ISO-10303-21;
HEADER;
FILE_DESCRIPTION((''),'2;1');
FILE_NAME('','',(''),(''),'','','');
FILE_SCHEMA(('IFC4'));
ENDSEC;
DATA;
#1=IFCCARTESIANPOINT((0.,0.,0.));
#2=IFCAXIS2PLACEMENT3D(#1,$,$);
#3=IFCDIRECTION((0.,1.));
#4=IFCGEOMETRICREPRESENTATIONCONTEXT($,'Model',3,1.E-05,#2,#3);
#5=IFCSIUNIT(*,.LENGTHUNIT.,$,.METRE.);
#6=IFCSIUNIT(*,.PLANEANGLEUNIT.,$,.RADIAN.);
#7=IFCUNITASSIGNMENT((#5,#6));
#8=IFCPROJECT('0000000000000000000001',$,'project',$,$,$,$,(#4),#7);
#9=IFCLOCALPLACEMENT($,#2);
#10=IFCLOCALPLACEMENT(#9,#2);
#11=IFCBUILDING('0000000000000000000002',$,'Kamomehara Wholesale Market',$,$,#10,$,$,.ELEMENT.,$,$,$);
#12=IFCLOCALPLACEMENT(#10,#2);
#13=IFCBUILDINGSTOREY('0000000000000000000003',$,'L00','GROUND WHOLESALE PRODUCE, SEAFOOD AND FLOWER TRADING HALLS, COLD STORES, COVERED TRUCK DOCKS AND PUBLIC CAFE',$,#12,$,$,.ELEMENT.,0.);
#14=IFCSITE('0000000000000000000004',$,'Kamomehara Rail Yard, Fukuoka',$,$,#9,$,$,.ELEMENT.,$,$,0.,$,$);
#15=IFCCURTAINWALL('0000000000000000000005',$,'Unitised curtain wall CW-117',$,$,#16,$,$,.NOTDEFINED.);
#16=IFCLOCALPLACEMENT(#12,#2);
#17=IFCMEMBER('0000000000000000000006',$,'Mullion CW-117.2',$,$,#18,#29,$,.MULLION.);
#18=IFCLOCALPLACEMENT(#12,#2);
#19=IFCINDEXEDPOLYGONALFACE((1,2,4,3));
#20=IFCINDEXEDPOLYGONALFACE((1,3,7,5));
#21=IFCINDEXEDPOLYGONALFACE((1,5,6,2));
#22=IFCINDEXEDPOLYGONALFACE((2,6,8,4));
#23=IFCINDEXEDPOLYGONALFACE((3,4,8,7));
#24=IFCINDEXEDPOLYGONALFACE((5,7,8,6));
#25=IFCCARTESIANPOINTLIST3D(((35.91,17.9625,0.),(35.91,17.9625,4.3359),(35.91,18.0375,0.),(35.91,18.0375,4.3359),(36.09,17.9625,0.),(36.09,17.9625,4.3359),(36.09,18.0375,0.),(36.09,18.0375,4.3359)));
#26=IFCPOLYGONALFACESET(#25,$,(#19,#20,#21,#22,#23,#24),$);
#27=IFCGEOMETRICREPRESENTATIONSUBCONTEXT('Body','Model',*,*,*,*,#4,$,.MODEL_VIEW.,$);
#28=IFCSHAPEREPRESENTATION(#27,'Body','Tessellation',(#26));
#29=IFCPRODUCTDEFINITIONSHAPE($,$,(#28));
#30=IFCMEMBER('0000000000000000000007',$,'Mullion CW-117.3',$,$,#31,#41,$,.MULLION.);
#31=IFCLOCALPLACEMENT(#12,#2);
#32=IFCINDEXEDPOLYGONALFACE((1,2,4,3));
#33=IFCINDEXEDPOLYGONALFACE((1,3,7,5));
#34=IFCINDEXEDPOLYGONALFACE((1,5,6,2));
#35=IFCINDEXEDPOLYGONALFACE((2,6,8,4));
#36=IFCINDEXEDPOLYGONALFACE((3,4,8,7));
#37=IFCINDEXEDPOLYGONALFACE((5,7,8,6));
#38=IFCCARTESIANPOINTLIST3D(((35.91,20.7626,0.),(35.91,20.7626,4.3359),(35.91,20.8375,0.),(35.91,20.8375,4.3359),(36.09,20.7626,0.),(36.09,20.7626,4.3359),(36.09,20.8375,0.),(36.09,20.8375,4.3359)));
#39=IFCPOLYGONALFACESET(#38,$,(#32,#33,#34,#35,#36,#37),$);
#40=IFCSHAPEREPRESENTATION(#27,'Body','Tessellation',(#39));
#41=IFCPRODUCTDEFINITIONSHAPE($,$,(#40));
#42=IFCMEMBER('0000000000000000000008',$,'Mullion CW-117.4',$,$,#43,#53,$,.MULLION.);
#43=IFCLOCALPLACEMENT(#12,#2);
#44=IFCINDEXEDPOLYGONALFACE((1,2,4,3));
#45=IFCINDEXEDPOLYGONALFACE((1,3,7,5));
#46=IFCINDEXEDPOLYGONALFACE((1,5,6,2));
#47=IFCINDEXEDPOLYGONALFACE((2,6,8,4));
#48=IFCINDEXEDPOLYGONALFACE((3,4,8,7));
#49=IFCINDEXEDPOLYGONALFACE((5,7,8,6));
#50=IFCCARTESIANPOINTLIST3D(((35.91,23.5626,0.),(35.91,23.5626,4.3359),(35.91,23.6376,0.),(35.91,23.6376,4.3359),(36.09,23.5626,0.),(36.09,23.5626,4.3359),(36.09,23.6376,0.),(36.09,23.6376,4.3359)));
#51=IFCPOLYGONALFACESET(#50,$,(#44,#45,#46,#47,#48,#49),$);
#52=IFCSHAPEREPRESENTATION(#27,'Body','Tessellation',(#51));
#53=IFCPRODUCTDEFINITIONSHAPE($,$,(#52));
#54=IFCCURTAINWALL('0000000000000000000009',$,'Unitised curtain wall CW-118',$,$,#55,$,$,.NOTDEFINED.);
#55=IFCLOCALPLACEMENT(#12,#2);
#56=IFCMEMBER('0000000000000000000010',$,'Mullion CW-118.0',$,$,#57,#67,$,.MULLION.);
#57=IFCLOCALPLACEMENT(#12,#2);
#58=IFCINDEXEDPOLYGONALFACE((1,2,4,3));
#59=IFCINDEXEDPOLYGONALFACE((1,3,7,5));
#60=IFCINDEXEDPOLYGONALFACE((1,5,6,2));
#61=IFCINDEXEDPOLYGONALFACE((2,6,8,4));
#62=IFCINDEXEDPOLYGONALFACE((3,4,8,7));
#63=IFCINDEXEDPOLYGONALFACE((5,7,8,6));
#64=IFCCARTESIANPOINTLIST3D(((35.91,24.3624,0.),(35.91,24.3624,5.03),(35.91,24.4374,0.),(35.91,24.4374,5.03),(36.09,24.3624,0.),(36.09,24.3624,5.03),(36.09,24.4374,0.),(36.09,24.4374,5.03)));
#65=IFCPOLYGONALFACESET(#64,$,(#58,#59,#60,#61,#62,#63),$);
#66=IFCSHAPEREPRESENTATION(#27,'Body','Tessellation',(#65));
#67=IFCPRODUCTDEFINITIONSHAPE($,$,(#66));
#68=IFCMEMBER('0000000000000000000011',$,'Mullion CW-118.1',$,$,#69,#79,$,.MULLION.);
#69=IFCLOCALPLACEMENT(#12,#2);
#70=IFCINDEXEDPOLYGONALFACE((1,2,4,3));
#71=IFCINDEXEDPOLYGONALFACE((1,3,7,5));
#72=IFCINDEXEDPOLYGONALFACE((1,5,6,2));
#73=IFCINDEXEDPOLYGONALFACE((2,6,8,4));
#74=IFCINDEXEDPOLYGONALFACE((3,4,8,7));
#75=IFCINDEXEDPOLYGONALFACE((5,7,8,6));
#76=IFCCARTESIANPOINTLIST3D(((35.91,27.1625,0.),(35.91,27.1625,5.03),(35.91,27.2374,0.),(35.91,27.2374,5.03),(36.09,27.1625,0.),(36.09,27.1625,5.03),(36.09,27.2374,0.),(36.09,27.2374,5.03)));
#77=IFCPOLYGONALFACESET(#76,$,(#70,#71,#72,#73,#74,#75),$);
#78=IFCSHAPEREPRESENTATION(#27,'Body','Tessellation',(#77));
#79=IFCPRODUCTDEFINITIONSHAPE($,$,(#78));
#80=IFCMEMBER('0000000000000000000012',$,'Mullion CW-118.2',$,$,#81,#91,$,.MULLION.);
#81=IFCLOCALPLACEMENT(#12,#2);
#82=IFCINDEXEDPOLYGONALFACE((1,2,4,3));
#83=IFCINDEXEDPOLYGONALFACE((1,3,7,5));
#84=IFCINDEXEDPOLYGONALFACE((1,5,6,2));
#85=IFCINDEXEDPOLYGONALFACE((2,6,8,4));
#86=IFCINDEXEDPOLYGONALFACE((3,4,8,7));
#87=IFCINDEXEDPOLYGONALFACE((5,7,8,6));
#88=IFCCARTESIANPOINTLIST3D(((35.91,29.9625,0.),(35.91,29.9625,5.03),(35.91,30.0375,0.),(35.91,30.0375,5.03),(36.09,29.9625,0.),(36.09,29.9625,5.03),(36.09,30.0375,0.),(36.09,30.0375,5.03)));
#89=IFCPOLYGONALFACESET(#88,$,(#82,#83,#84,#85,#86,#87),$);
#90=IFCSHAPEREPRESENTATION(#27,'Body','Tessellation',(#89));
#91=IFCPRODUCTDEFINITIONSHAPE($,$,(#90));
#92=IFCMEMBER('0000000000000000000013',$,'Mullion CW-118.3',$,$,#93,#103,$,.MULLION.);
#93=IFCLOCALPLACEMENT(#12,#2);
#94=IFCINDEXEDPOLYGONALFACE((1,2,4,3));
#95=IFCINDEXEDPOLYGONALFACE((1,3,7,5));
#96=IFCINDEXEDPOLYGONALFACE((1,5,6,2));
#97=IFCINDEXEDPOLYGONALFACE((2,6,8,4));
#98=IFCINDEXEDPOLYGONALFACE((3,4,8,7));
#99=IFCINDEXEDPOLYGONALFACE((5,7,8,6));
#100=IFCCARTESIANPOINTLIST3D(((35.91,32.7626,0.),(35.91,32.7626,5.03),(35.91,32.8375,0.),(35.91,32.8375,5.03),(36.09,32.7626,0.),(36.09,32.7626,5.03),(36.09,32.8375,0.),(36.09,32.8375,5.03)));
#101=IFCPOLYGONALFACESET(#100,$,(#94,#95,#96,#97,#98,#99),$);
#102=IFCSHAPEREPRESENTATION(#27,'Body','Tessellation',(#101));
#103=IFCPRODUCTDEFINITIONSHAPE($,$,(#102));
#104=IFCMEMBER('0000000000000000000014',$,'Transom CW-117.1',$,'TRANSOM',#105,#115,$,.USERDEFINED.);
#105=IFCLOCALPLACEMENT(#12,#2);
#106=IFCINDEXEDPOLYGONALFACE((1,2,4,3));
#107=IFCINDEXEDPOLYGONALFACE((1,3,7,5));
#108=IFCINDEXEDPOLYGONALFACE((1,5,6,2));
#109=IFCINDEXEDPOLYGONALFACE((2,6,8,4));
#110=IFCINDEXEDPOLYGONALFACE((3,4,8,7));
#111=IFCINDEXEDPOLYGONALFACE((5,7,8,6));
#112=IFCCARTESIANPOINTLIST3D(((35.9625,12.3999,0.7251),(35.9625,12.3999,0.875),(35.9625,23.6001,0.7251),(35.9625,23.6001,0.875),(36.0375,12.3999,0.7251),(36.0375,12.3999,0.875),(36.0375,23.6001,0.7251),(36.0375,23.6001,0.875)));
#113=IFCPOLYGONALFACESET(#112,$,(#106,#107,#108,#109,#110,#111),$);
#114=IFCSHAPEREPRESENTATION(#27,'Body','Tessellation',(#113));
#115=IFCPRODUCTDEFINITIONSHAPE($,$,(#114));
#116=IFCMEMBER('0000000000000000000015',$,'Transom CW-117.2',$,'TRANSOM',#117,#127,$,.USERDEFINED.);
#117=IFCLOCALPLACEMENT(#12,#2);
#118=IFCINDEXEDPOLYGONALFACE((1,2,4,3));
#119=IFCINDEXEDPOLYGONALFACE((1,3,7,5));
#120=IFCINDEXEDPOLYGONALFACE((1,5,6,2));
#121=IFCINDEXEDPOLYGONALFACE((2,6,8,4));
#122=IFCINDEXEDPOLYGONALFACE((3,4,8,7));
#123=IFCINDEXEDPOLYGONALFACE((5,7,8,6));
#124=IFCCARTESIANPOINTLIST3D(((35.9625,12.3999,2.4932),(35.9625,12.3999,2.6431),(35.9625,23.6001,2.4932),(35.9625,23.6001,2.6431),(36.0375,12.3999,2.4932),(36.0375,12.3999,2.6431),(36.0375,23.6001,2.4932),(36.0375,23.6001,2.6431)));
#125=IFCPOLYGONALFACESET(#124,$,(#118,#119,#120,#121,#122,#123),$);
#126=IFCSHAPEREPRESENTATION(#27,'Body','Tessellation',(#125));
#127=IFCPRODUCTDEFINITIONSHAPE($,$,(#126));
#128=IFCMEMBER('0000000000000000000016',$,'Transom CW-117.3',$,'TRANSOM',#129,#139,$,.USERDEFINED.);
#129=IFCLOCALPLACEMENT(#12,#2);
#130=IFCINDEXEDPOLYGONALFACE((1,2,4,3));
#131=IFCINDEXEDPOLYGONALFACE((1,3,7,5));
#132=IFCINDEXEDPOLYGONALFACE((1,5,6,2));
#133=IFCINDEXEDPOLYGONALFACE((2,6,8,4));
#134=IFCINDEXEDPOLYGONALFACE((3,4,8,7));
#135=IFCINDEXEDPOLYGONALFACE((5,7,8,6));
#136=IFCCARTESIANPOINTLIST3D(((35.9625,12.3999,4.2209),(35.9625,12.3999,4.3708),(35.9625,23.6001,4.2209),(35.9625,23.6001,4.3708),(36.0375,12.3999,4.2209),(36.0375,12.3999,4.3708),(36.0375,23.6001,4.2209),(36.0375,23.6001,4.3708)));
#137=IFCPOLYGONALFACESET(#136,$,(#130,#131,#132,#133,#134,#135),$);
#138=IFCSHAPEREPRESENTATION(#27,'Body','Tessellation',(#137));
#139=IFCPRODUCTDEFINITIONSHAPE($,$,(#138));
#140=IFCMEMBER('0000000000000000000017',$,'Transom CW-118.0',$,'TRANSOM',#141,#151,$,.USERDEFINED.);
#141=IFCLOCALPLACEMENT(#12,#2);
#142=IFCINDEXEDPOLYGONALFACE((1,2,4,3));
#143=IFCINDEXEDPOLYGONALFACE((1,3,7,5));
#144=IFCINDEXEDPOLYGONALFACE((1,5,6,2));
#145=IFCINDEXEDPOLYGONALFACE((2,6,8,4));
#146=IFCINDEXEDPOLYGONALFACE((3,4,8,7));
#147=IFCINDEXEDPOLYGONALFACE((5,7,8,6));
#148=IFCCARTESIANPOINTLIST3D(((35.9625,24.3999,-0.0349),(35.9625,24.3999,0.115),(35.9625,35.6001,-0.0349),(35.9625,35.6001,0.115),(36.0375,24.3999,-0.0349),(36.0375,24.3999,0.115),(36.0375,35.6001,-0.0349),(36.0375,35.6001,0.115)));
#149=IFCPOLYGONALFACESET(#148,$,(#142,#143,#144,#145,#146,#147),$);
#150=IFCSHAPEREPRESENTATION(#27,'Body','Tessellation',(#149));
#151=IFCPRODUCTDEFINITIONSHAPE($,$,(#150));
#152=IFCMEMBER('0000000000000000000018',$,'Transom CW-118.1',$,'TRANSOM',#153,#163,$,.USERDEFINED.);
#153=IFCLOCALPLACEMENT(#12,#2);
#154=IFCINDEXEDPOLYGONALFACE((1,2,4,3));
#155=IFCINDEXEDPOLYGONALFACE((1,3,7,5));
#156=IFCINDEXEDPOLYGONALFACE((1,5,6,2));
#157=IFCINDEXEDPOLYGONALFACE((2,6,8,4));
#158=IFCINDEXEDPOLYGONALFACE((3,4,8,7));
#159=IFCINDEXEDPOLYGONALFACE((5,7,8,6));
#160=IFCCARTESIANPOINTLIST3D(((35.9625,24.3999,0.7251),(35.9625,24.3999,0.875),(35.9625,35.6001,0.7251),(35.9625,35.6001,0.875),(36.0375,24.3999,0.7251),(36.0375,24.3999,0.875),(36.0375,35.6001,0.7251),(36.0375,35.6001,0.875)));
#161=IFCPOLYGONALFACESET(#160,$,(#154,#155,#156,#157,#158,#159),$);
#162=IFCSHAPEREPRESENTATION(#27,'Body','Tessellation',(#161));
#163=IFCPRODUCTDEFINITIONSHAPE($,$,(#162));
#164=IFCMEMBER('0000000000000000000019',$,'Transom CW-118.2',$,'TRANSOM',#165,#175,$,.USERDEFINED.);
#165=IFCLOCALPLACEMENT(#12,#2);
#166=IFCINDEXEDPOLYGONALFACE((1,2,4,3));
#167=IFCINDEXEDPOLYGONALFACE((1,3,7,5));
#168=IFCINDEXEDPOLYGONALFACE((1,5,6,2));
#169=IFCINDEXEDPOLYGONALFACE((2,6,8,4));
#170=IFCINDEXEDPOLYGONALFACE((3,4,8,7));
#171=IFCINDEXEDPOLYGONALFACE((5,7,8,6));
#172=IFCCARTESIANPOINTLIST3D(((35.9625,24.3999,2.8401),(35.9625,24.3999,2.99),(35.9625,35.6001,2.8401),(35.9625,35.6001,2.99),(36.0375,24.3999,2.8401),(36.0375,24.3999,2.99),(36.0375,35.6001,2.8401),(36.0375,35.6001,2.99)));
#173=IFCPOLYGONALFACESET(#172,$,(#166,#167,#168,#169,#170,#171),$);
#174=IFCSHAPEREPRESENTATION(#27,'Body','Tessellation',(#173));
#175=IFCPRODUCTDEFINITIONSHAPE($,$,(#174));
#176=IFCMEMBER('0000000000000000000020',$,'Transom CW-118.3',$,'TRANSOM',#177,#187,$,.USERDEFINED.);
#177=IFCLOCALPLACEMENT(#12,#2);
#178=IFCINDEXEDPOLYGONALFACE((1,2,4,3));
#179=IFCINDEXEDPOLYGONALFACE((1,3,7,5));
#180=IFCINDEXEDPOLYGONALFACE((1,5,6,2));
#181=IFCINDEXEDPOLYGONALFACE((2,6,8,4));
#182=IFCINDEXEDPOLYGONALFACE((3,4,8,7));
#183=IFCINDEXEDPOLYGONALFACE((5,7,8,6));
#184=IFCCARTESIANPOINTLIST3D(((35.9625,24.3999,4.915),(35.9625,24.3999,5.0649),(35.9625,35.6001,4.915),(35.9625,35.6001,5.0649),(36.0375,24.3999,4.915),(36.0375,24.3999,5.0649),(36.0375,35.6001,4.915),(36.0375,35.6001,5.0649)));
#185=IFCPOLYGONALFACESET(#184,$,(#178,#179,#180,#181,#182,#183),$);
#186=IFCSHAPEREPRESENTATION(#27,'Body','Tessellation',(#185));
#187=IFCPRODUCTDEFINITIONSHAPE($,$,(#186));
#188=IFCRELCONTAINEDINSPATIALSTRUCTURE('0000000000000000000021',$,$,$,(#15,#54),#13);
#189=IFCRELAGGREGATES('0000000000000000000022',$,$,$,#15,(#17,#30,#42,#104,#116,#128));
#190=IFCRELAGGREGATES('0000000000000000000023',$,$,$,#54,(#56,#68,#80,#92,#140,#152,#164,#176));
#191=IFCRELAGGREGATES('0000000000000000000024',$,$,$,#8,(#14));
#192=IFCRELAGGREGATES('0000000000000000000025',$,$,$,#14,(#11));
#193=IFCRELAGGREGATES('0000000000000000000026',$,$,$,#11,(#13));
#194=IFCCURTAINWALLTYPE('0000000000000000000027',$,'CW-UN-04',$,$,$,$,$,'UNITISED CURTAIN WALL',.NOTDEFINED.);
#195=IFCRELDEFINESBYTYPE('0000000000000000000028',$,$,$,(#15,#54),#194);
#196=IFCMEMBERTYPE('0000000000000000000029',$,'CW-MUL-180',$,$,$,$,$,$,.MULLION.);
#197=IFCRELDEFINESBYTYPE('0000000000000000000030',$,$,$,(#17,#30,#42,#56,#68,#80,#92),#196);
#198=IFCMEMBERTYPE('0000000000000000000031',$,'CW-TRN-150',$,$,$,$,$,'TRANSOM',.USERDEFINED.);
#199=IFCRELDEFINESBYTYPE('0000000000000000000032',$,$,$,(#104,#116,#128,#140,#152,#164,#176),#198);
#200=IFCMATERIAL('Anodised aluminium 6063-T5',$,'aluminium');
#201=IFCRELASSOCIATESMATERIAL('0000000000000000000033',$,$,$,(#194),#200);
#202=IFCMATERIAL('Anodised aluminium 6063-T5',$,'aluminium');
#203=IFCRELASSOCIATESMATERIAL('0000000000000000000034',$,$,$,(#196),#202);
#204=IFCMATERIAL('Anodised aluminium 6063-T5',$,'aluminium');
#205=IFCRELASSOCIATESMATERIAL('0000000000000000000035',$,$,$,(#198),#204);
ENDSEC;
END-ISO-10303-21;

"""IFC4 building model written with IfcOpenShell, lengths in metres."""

from ifc_helpers import new_model, si_unit, direction, frame, origin, origin_2d, place, context, subcontext, project, spatial, rectangle, extrude, material, material_profile, profile_set, type_object, element, aggregate, save


model = new_model("IFC4")

# Units and contexts
model_context = context("Model", 3, precision=1e-05, world=origin(), true_north=direction((0.0, 1.0)))
body_context = subcontext(model_context, "Body", "Model", "MODEL_VIEW")
ifc_project = project(units=[si_unit("LENGTHUNIT", "METRE"), si_unit("PLANEANGLEUNIT", "RADIAN")], contexts=[model_context])

# Site, building, storey
site_placement = place(None, origin())
site = spatial("IfcSite", under=ifc_project, at=site_placement, Name="Kamomehara Rail Yard, Fukuoka", CompositionType="ELEMENT", RefElevation=0.0)
building_placement = place(site_placement, origin())
building = spatial("IfcBuilding", under=site, at=building_placement, Name="Kamomehara Wholesale Market", CompositionType="ELEMENT")
storey_placement = place(building_placement, origin())
storey = spatial("IfcBuildingStorey", under=building, at=storey_placement, Name="L00", Description="GROUND WHOLESALE PRODUCE, SEAFOOD AND FLOWER TRADING HALLS, COLD STORES, COVERED TRUCK DOCKS AND PUBLIC CAFE", CompositionType="ELEMENT", Elevation=0.0)

# Curtain walls, members
ifc_material_1 = material(Name="Anodised aluminium 6063-T5", Category="aluminium")
curtain_wall_type = type_object("IfcCurtainWallType", Name="CW-UN-04", ElementType="UNITISED CURTAIN WALL", PredefinedType="NOTDEFINED", material=ifc_material_1)
curtain_wall_1_placement = place(storey_placement, origin())
curtain_wall_1 = element("IfcCurtainWall", 1, at=curtain_wall_1_placement, inside=storey, type_object=curtain_wall_type, Name="Unitised curtain wall CW-117", PredefinedType="NOTDEFINED")
ifc_material_2 = material(Name="Anodised aluminium 6063-T5", Category="aluminium")
ifc_material_profile_1 = material_profile(ifc_material_2, rectangle(XDim=0.075, YDim=0.1799, at=origin_2d()), Name="ALU-MUL-75x180")
ifc_profile_set_1 = profile_set([ifc_material_profile_1], Name="Anodised aluminium 6063-T5")
member_type_1 = type_object("IfcMemberType", Name="CW-MUL-180", PredefinedType="MULLION", material=ifc_profile_set_1)
member_1_placement = place(storey_placement, frame((36.0, 18.0, 0.0), z_axis=(0.0, 0.0, 1.0), x_axis=(0.0, 1.0, 0.0)))
member_1 = element("IfcMember", 2, at=member_1_placement, type_object=member_type_1, Name="Mullion CW-117.2", PredefinedType="MULLION", context=body_context, shape_type="SweptSolid", body=[
    extrude(rectangle(XDim=0.075, YDim=0.1799, at=origin_2d()), origin(), (0.0, 0.0, 1.0), 4.3359),
])
member_2_placement = place(storey_placement, frame((36.0, 20.8, 0.0), z_axis=(0.0, 0.0, 1.0), x_axis=(0.0, 1.0, 0.0)))
member_2 = element("IfcMember", 3, at=member_2_placement, type_object=member_type_1, Name="Mullion CW-117.3", PredefinedType="MULLION", context=body_context, shape_type="SweptSolid", body=[
    extrude(rectangle(XDim=0.075, YDim=0.1799, at=origin_2d()), origin(), (0.0, 0.0, 1.0), 4.3359),
])
member_3_placement = place(storey_placement, frame((36.0, 23.6001, 0.0), z_axis=(0.0, 0.0, 1.0), x_axis=(0.0, 1.0, 0.0)))
member_3 = element("IfcMember", 4, at=member_3_placement, type_object=member_type_1, Name="Mullion CW-117.4", PredefinedType="MULLION", context=body_context, shape_type="SweptSolid", body=[
    extrude(rectangle(XDim=0.075, YDim=0.1799, at=origin_2d()), origin(), (0.0, 0.0, 1.0), 4.3359),
])
curtain_wall_2_placement = place(storey_placement, origin())
curtain_wall_2 = element("IfcCurtainWall", 5, at=curtain_wall_2_placement, inside=storey, type_object=curtain_wall_type, Name="Unitised curtain wall CW-118", PredefinedType="NOTDEFINED")
member_4_placement = place(storey_placement, frame((36.0, 24.3999, 0.0), z_axis=(0.0, 0.0, 1.0), x_axis=(0.0, 1.0, 0.0)))
member_4 = element("IfcMember", 6, at=member_4_placement, type_object=member_type_1, Name="Mullion CW-118.0", PredefinedType="MULLION", context=body_context, shape_type="SweptSolid", body=[
    extrude(rectangle(XDim=0.075, YDim=0.1799, at=origin_2d()), origin(), (0.0, 0.0, 1.0), 5.03),
])
member_5_placement = place(storey_placement, frame((36.0, 27.2, 0.0), z_axis=(0.0, 0.0, 1.0), x_axis=(0.0, 1.0, 0.0)))
member_5 = element("IfcMember", 7, at=member_5_placement, type_object=member_type_1, Name="Mullion CW-118.1", PredefinedType="MULLION", context=body_context, shape_type="SweptSolid", body=[
    extrude(rectangle(XDim=0.075, YDim=0.1799, at=origin_2d()), origin(), (0.0, 0.0, 1.0), 5.03),
])
member_6_placement = place(storey_placement, frame((36.0, 30.0, 0.0), z_axis=(0.0, 0.0, 1.0), x_axis=(0.0, 1.0, 0.0)))
member_6 = element("IfcMember", 8, at=member_6_placement, type_object=member_type_1, Name="Mullion CW-118.2", PredefinedType="MULLION", context=body_context, shape_type="SweptSolid", body=[
    extrude(rectangle(XDim=0.075, YDim=0.1799, at=origin_2d()), origin(), (0.0, 0.0, 1.0), 5.03),
])
member_7_placement = place(storey_placement, frame((36.0, 32.8, 0.0), z_axis=(0.0, 0.0, 1.0), x_axis=(0.0, 1.0, 0.0)))
member_7 = element("IfcMember", 9, at=member_7_placement, type_object=member_type_1, Name="Mullion CW-118.3", PredefinedType="MULLION", context=body_context, shape_type="SweptSolid", body=[
    extrude(rectangle(XDim=0.075, YDim=0.1799, at=origin_2d()), origin(), (0.0, 0.0, 1.0), 5.03),
])

# Members
ifc_material_3 = material(Name="Anodised aluminium 6063-T5", Category="aluminium")
ifc_material_profile_2 = material_profile(ifc_material_3, rectangle(XDim=0.075, YDim=0.1499, at=origin_2d()), Name="ALU-TRN-75x150")
ifc_profile_set_2 = profile_set([ifc_material_profile_2], Name="Anodised aluminium 6063-T5")
member_type_2 = type_object("IfcMemberType", Name="CW-TRN-150", ElementType="TRANSOM", PredefinedType="USERDEFINED", material=ifc_profile_set_2)
member_8_placement = place(storey_placement, frame((36.0, 12.3999, 0.8), z_axis=(0.0, 1.0, 0.0), x_axis=(-1.0, 0.0, 0.0)))
member_8 = element("IfcMember", 10, at=member_8_placement, type_object=member_type_2, Name="Transom CW-117.1", ObjectType="TRANSOM", PredefinedType="USERDEFINED", context=body_context, shape_type="SweptSolid", body=[
    extrude(rectangle(XDim=0.075, YDim=0.1499, at=origin_2d()), origin(), (0.0, 0.0, 1.0), 11.2002),
])
member_9_placement = place(storey_placement, frame((36.0, 12.3999, 2.5681), z_axis=(0.0, 1.0, 0.0), x_axis=(-1.0, 0.0, 0.0)))
member_9 = element("IfcMember", 11, at=member_9_placement, type_object=member_type_2, Name="Transom CW-117.2", ObjectType="TRANSOM", PredefinedType="USERDEFINED", context=body_context, shape_type="SweptSolid", body=[
    extrude(rectangle(XDim=0.075, YDim=0.1499, at=origin_2d()), origin(), (0.0, 0.0, 1.0), 11.2002),
])
member_10_placement = place(storey_placement, frame((36.0, 12.3999, 4.2959), z_axis=(0.0, 1.0, 0.0), x_axis=(-1.0, 0.0, 0.0)))
member_10 = element("IfcMember", 12, at=member_10_placement, type_object=member_type_2, Name="Transom CW-117.3", ObjectType="TRANSOM", PredefinedType="USERDEFINED", context=body_context, shape_type="SweptSolid", body=[
    extrude(rectangle(XDim=0.075, YDim=0.1499, at=origin_2d()), origin(), (0.0, 0.0, 1.0), 11.2002),
])
aggregate(curtain_wall_1, [member_1, member_2, member_3, member_8, member_9, member_10])
member_11_placement = place(storey_placement, frame((36.0, 24.3999, 0.04), z_axis=(0.0, 1.0, 0.0), x_axis=(-1.0, 0.0, 0.0)))
member_11 = element("IfcMember", 13, at=member_11_placement, type_object=member_type_2, Name="Transom CW-118.0", ObjectType="TRANSOM", PredefinedType="USERDEFINED", context=body_context, shape_type="SweptSolid", body=[
    extrude(rectangle(XDim=0.075, YDim=0.1499, at=origin_2d()), origin(), (0.0, 0.0, 1.0), 11.2002),
])
member_12_placement = place(storey_placement, frame((36.0, 24.3999, 0.8), z_axis=(0.0, 1.0, 0.0), x_axis=(-1.0, 0.0, 0.0)))
member_12 = element("IfcMember", 14, at=member_12_placement, type_object=member_type_2, Name="Transom CW-118.1", ObjectType="TRANSOM", PredefinedType="USERDEFINED", context=body_context, shape_type="SweptSolid", body=[
    extrude(rectangle(XDim=0.075, YDim=0.1499, at=origin_2d()), origin(), (0.0, 0.0, 1.0), 11.2002),
])
member_13_placement = place(storey_placement, frame((36.0, 24.3999, 2.915), z_axis=(0.0, 1.0, 0.0), x_axis=(-1.0, 0.0, 0.0)))
member_13 = element("IfcMember", 15, at=member_13_placement, type_object=member_type_2, Name="Transom CW-118.2", ObjectType="TRANSOM", PredefinedType="USERDEFINED", context=body_context, shape_type="SweptSolid", body=[
    extrude(rectangle(XDim=0.075, YDim=0.1499, at=origin_2d()), origin(), (0.0, 0.0, 1.0), 11.2002),
])
member_14_placement = place(storey_placement, frame((36.0, 24.3999, 4.99), z_axis=(0.0, 1.0, 0.0), x_axis=(-1.0, 0.0, 0.0)))
member_14 = element("IfcMember", 16, at=member_14_placement, type_object=member_type_2, Name="Transom CW-118.3", ObjectType="TRANSOM", PredefinedType="USERDEFINED", context=body_context, shape_type="SweptSolid", body=[
    extrude(rectangle(XDim=0.075, YDim=0.1499, at=origin_2d()), origin(), (0.0, 0.0, 1.0), 11.2002),
])

aggregate(curtain_wall_2, [member_4, member_5, member_6, member_7, member_11, member_12, member_13, member_14])

save(model, "model.ifc")
